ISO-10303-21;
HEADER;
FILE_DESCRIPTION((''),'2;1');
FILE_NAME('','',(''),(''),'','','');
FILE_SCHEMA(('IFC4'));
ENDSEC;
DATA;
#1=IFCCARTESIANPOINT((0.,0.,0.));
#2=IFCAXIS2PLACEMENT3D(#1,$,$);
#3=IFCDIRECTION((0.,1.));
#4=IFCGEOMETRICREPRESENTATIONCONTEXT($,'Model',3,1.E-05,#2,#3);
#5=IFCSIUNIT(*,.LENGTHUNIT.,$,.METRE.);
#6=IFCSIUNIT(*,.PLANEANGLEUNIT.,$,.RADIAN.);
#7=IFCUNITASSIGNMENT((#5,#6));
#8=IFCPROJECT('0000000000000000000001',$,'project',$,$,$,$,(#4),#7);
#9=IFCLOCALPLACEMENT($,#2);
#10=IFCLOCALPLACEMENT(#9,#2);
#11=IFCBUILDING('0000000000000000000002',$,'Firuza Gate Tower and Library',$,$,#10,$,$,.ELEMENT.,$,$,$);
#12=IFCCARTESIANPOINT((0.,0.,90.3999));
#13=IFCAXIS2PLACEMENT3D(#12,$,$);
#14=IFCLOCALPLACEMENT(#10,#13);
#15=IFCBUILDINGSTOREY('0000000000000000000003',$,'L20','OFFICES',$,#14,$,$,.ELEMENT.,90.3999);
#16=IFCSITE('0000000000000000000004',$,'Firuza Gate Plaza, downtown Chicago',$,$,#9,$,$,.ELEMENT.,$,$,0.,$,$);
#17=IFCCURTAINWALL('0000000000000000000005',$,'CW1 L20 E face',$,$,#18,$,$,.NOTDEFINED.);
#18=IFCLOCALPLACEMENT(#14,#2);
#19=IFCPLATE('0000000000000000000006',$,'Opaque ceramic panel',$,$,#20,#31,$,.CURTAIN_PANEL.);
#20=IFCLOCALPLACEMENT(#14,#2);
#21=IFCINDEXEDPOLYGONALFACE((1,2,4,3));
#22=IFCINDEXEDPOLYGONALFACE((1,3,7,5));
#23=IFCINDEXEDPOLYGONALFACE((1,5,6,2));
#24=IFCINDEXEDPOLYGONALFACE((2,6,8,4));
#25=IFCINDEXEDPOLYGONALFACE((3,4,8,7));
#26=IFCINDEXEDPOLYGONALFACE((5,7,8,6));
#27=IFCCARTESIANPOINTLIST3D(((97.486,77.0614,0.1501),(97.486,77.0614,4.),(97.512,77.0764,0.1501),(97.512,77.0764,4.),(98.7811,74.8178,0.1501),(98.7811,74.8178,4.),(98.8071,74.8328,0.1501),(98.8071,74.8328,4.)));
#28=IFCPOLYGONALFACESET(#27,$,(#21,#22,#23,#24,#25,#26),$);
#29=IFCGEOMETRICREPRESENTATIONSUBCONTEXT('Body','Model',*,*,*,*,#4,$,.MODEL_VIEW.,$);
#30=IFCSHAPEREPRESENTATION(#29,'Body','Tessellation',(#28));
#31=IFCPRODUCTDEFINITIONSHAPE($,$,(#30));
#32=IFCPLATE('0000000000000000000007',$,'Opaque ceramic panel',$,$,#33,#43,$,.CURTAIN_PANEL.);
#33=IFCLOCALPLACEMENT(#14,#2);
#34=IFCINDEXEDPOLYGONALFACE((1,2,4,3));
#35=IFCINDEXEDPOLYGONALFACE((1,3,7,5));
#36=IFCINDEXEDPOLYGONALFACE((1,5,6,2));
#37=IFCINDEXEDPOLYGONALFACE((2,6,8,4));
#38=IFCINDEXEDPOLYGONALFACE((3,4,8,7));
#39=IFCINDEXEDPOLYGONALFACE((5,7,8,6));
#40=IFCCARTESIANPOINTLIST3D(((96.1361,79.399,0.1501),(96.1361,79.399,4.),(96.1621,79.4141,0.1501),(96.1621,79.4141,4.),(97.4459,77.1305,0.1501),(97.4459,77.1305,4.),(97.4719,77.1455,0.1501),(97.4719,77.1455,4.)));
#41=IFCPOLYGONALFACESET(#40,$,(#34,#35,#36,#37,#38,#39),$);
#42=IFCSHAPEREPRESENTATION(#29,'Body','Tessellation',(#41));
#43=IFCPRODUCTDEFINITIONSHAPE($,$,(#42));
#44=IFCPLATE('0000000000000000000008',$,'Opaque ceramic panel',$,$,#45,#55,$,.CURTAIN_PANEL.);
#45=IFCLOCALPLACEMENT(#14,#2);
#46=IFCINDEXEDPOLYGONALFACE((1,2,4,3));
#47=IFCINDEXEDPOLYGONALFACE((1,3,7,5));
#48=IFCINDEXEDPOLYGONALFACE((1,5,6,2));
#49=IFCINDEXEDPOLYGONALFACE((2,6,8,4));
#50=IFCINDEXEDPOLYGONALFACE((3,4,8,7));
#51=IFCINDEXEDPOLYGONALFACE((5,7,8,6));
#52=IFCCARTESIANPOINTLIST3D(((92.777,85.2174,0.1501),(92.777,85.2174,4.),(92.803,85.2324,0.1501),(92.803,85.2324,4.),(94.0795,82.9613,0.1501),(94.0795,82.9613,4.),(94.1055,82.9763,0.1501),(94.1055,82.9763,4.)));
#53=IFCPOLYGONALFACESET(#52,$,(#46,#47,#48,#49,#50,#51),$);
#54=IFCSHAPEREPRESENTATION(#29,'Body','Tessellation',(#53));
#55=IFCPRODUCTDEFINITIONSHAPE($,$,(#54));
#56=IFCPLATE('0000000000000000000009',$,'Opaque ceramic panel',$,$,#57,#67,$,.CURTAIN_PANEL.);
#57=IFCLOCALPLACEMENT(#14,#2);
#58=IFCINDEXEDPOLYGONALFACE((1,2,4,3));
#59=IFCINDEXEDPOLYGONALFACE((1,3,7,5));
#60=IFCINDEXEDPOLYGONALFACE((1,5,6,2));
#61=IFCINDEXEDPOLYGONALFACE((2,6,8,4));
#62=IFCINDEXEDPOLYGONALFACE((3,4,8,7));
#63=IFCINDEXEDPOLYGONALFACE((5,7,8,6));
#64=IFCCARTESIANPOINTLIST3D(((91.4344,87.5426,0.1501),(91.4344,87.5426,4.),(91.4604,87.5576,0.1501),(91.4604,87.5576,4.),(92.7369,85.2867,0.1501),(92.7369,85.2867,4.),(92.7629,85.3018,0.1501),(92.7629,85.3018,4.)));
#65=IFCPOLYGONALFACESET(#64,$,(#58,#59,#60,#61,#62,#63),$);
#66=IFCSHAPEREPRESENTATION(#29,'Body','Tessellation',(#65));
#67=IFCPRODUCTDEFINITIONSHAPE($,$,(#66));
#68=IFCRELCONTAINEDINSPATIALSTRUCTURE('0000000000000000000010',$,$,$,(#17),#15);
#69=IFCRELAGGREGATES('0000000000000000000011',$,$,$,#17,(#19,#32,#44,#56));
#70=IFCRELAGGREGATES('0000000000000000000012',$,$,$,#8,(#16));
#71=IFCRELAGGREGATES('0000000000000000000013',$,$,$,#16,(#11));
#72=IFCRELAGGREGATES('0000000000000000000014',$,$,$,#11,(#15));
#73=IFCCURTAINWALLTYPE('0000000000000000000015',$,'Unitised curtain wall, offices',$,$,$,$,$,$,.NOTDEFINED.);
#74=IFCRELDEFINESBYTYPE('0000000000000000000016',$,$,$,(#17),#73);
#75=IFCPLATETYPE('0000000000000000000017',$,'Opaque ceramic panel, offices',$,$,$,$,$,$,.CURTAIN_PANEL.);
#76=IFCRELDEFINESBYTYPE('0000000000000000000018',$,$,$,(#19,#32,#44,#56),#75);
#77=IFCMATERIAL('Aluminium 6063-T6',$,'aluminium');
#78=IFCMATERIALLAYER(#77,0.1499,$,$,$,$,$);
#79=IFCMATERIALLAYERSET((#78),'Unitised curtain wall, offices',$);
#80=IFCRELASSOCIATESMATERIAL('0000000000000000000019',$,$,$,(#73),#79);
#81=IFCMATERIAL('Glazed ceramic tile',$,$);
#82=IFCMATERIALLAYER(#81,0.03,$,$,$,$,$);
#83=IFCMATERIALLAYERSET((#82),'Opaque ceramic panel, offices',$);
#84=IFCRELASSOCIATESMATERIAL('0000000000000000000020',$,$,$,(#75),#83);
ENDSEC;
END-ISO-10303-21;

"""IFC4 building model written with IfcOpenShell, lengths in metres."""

from ifc_helpers import new_model, si_unit, direction, frame, origin, place, context, subcontext, project, spatial, polyline, outline, extrude, material, layer, layer_set, type_object, element, aggregate, save


model = new_model("IFC4")

# Units and contexts
model_context = context("Model", 3, precision=1e-05, world=origin(), true_north=direction((0.0, 1.0)))
body_context = subcontext(model_context, "Body", "Model", "MODEL_VIEW")
ifc_project = project(units=[si_unit("LENGTHUNIT", "METRE"), si_unit("PLANEANGLEUNIT", "RADIAN")], contexts=[model_context])

# Site, building, storey
site_placement = place(None, origin())
site = spatial("IfcSite", under=ifc_project, at=site_placement, Name="Firuza Gate Plaza, downtown Chicago", CompositionType="ELEMENT", RefElevation=0.0)
building_placement = place(site_placement, origin())
building = spatial("IfcBuilding", under=site, at=building_placement, Name="Firuza Gate Tower and Library", CompositionType="ELEMENT")
storey_placement = place(building_placement, frame((0.0, 0.0, 90.3999)))
storey = spatial("IfcBuildingStorey", under=building, at=storey_placement, Name="L20", Description="OFFICES", CompositionType="ELEMENT", Elevation=90.3999)

# Curtain wall
ifc_material_1 = material(Name="Aluminium 6063-T6", Category="aluminium")
ifc_layer_1 = layer(ifc_material_1, 0.1499)
ifc_layer_set_1 = layer_set([ifc_layer_1], Name="Unitised curtain wall, offices")
curtain_wall_type = type_object("IfcCurtainWallType", Name="Unitised curtain wall, offices", PredefinedType="NOTDEFINED", material=ifc_layer_set_1)
curtain_wall_placement = place(storey_placement, origin())
curtain_wall = element("IfcCurtainWall", 1, at=curtain_wall_placement, inside=storey, type_object=curtain_wall_type, Name="CW1 L20 E face", PredefinedType="NOTDEFINED")

# Plates
ifc_material_2 = material(Name="Glazed ceramic tile")
ifc_layer_2 = layer(ifc_material_2, 0.03)
ifc_layer_set_2 = layer_set([ifc_layer_2], Name="Opaque ceramic panel, offices")
plate_type_1 = type_object("IfcPlateType", Name="Opaque ceramic panel, offices", PredefinedType="CURTAIN_PANEL", material=ifc_layer_set_2)
plate_1_placement = place(storey_placement, frame((98.8071, 74.8328, 0.1501), z_axis=(0.86606, 0.49994, 0.0), x_axis=(-0.49994, 0.86606, 0.0)))
plate_1 = element("IfcPlate", 2, at=plate_1_placement, type_object=plate_type_1, Name="Opaque ceramic panel", PredefinedType="CURTAIN_PANEL", context=body_context, shape_type="SweptSolid", body=[
    extrude(outline(polyline([(0.0, 0.0), (2.5906, 0.0), (2.5906, 3.8499), (0.0, 3.8499), (0.0, 0.0)])), origin(), (0.0, 0.0, -1.0), 0.03),
])
plate_2_placement = place(storey_placement, frame((97.4719, 77.1455, 0.1501), z_axis=(0.866015, 0.500018, 0.0), x_axis=(-0.500018, 0.866015, 0.0)))
plate_2 = element("IfcPlate", 3, at=plate_2_placement, type_object=plate_type_1, Name="Opaque ceramic panel", PredefinedType="CURTAIN_PANEL", context=body_context, shape_type="SweptSolid", body=[
    extrude(outline(polyline([(0.0, 0.0), (2.6195, 0.0), (2.6195, 3.8499), (0.0, 3.8499), (0.0, 0.0)])), origin(), (0.0, 0.0, -1.0), 0.03),
])
plate_3_placement = place(storey_placement, frame((94.1055, 82.9763, 0.1501), z_axis=(0.866037, 0.499979, 0.0), x_axis=(-0.499979, 0.866037, 0.0)))
plate_3 = element("IfcPlate", 4, at=plate_3_placement, type_object=plate_type_1, Name="Opaque ceramic panel", PredefinedType="CURTAIN_PANEL", context=body_context, shape_type="SweptSolid", body=[
    extrude(outline(polyline([(0.0, 0.0), (2.6051, 0.0), (2.6051, 3.8499), (0.0, 3.8499), (0.0, 0.0)])), origin(), (0.0, 0.0, -1.0), 0.03),
])
plate_4_placement = place(storey_placement, frame((92.7629, 85.3018, 0.1501), z_axis=(0.866014, 0.50002, 0.0), x_axis=(-0.50002, 0.866014, 0.0)))
plate_4 = element("IfcPlate", 5, at=plate_4_placement, type_object=plate_type_1, Name="Opaque ceramic panel", PredefinedType="CURTAIN_PANEL", context=body_context, shape_type="SweptSolid", body=[
    extrude(outline(polyline([(0.0, 0.0), (2.6049, 0.0), (2.6049, 3.8499), (0.0, 3.8499), (0.0, 0.0)])), origin(), (0.0, 0.0, -1.0), 0.03),
])
aggregate(curtain_wall, [plate_1, plate_2, plate_3, plate_4])

save(model, "model.ifc")
